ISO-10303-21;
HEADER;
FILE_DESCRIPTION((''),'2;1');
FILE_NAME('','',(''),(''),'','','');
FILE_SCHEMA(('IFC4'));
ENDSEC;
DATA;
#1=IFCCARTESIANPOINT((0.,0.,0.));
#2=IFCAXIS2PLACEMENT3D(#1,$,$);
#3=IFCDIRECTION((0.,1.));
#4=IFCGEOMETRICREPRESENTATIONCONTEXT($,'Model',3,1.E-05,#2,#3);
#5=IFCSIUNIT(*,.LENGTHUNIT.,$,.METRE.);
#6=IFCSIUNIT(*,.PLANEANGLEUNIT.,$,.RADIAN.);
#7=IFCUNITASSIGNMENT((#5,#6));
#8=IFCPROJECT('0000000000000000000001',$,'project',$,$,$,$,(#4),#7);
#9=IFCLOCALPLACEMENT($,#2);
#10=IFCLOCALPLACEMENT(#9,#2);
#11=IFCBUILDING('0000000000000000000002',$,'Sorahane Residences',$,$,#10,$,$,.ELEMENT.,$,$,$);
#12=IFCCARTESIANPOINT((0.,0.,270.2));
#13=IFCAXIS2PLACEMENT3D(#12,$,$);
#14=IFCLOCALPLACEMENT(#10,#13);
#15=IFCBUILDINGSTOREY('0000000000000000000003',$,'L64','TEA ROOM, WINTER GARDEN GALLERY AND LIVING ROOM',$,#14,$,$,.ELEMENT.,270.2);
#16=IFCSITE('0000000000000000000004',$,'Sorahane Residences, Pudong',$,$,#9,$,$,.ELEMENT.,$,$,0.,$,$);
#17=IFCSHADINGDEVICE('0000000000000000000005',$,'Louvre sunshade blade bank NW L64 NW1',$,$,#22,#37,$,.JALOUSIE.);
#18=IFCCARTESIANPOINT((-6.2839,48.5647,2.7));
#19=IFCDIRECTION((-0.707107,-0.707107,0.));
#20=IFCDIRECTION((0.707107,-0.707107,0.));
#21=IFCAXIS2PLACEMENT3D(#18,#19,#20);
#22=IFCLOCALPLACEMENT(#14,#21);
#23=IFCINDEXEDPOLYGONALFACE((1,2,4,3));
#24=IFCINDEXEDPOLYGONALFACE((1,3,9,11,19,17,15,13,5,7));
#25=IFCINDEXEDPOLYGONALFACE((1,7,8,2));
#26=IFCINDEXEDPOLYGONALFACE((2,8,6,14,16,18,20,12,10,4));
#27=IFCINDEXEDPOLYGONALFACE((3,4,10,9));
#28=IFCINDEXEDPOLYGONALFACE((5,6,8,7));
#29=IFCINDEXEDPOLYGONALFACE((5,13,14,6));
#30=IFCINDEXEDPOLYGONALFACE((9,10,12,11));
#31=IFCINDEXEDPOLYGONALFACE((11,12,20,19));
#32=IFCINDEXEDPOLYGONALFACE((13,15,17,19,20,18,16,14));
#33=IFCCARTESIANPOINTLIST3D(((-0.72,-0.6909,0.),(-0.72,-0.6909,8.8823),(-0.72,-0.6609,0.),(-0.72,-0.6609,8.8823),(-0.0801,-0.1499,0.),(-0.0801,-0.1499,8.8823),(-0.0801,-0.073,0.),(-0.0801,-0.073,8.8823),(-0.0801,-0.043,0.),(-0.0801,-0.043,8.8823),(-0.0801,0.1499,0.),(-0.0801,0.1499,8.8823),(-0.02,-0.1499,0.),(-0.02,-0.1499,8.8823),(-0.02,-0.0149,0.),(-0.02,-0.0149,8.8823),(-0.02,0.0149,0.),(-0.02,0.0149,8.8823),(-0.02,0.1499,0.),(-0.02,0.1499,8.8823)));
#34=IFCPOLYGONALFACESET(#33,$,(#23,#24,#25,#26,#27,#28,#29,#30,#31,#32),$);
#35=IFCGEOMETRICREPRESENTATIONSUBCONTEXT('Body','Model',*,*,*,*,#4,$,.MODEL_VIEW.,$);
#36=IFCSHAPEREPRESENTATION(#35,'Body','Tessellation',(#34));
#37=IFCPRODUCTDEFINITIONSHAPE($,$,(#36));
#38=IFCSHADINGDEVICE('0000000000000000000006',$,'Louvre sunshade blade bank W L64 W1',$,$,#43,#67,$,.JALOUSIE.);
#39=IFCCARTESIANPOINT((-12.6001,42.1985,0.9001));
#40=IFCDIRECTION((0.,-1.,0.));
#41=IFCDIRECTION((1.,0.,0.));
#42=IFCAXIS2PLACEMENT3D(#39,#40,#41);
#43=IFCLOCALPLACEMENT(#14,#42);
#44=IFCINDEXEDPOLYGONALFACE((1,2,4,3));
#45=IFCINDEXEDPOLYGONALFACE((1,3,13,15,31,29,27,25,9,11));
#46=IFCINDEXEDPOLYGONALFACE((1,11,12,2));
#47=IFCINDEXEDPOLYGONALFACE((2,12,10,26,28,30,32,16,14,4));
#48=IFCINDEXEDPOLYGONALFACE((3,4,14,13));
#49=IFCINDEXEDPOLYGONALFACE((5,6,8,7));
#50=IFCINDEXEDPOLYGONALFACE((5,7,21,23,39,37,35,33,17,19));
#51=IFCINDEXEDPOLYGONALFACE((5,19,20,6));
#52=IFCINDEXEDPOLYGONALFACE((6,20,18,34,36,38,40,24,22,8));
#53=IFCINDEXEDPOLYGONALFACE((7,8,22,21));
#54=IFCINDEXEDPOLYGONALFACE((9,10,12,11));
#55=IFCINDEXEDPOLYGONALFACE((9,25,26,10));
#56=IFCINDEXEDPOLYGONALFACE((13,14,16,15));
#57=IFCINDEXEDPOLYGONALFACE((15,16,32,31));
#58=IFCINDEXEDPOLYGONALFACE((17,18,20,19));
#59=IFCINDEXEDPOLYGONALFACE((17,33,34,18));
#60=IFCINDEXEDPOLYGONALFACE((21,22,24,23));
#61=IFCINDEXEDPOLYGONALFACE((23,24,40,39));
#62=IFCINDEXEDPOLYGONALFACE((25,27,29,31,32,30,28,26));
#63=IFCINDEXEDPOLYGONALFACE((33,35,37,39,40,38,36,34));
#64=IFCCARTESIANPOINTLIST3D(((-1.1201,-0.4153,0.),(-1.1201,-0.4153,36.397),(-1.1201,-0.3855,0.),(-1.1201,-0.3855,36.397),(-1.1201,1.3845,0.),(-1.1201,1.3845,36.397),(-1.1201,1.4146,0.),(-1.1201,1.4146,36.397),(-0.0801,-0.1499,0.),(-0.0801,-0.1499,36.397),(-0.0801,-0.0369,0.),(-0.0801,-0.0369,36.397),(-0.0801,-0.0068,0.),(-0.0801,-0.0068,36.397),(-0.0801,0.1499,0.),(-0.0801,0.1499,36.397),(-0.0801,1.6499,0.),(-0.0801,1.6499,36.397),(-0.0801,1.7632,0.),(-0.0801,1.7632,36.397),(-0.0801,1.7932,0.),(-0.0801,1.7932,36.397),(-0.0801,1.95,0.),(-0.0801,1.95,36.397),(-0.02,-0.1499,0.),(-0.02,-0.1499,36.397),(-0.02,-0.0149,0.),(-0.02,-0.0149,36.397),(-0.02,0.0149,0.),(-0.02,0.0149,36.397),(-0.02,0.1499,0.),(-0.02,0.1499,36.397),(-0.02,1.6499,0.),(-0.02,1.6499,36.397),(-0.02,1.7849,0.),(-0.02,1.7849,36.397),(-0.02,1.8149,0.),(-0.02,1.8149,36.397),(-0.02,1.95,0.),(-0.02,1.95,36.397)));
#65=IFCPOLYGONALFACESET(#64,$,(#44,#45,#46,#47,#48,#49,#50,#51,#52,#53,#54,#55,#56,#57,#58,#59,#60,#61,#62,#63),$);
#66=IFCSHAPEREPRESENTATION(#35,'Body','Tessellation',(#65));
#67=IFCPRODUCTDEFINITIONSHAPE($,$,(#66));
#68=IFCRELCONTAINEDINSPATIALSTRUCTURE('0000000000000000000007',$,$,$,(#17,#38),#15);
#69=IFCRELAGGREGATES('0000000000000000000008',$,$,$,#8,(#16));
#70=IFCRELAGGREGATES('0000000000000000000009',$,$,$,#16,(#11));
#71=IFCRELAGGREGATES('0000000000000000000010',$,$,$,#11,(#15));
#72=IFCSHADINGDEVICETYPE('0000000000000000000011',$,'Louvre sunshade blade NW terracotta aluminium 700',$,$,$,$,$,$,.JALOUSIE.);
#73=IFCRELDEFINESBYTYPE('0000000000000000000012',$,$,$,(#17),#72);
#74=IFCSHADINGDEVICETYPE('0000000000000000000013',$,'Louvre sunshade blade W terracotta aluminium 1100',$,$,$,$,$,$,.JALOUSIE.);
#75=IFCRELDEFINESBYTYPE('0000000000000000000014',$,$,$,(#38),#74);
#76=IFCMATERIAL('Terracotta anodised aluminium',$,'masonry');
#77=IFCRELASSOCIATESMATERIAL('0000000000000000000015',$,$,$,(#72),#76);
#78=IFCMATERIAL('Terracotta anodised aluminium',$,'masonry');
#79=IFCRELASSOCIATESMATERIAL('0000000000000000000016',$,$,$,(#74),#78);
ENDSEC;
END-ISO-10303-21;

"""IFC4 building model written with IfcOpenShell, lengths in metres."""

from ifc_helpers import new_model, si_unit, direction, frame, origin, place, context, subcontext, project, spatial, polyline, outline, composite_profile, extrude, material, type_object, element, save


model = new_model("IFC4")

# Units and contexts
model_context = context("Model", 3, precision=1e-05, world=origin(), true_north=direction((0.0, 1.0)))
body_context = subcontext(model_context, "Body", "Model", "MODEL_VIEW")
ifc_project = project(units=[si_unit("LENGTHUNIT", "METRE"), si_unit("PLANEANGLEUNIT", "RADIAN")], contexts=[model_context])

# Site, building, storey
site_placement = place(None, origin())
site = spatial("IfcSite", under=ifc_project, at=site_placement, Name="Sorahane Residences, Pudong", CompositionType="ELEMENT", RefElevation=0.0)
building_placement = place(site_placement, origin())
building = spatial("IfcBuilding", under=site, at=building_placement, Name="Sorahane Residences", CompositionType="ELEMENT")
storey_placement = place(building_placement, frame((0.0, 0.0, 270.2)))
storey = spatial("IfcBuildingStorey", under=building, at=storey_placement, Name="L64", Description="TEA ROOM, WINTER GARDEN GALLERY AND LIVING ROOM", CompositionType="ELEMENT", Elevation=270.2)

# Shading devices
ifc_material_1 = material(Name="Terracotta anodised aluminium", Category="masonry")
shading_device_type_1 = type_object("IfcShadingDeviceType", Name="Louvre sunshade blade NW terracotta aluminium 700", PredefinedType="JALOUSIE", material=ifc_material_1)
shading_device_1_placement = place(storey_placement, frame((-6.2839, 48.5647, 2.7), z_axis=(-0.707107, -0.707107, 0.0), x_axis=(0.707107, -0.707107, 0.0)))
element("IfcShadingDevice", 1, at=shading_device_1_placement, inside=storey, type_object=shading_device_type_1, Name="Louvre sunshade blade bank NW L64 NW1", PredefinedType="JALOUSIE", context=body_context, shape_type="SweptSolid", body=[
    extrude(outline(polyline([(-0.72, -0.6609), (-0.72, -0.6909), (-0.0801, -0.073), (-0.0801, -0.1499), (-0.02, -0.1499), (-0.02, -0.0149), (-0.02, 0.0149), (-0.02, 0.1499), (-0.0801, 0.1499), (-0.0801, -0.043), (-0.72, -0.6609)])), origin(), (0.0, 0.0, 1.0), 8.8823),
])
ifc_material_2 = material(Name="Terracotta anodised aluminium", Category="masonry")
shading_device_type_2 = type_object("IfcShadingDeviceType", Name="Louvre sunshade blade W terracotta aluminium 1100", PredefinedType="JALOUSIE", material=ifc_material_2)
shading_device_2_placement = place(storey_placement, frame((-12.6001, 42.1985, 0.9001), z_axis=(0.0, -1.0, 0.0), x_axis=(1.0, 0.0, 0.0)))
element("IfcShadingDevice", 2, at=shading_device_2_placement, inside=storey, type_object=shading_device_type_2, Name="Louvre sunshade blade bank W L64 W1", PredefinedType="JALOUSIE", context=body_context, shape_type="SweptSolid", body=[
    extrude(composite_profile([outline(polyline([(-1.1201, -0.3855), (-1.1201, -0.4153), (-0.0801, -0.0369), (-0.0801, -0.1499), (-0.02, -0.1499), (-0.02, -0.0149), (-0.02, 0.0149), (-0.02, 0.1499), (-0.0801, 0.1499), (-0.0801, -0.0068), (-1.1201, -0.3855)])), outline(polyline([(-1.1201, 1.4146), (-1.1201, 1.3845), (-0.0801, 1.7632), (-0.0801, 1.6499), (-0.02, 1.6499), (-0.02, 1.7849), (-0.02, 1.8149), (-0.02, 1.95), (-0.0801, 1.95), (-0.0801, 1.7932), (-1.1201, 1.4146)]))]), origin(), (0.0, 0.0, 1.0), 36.397),
])

save(model, "model.ifc")
